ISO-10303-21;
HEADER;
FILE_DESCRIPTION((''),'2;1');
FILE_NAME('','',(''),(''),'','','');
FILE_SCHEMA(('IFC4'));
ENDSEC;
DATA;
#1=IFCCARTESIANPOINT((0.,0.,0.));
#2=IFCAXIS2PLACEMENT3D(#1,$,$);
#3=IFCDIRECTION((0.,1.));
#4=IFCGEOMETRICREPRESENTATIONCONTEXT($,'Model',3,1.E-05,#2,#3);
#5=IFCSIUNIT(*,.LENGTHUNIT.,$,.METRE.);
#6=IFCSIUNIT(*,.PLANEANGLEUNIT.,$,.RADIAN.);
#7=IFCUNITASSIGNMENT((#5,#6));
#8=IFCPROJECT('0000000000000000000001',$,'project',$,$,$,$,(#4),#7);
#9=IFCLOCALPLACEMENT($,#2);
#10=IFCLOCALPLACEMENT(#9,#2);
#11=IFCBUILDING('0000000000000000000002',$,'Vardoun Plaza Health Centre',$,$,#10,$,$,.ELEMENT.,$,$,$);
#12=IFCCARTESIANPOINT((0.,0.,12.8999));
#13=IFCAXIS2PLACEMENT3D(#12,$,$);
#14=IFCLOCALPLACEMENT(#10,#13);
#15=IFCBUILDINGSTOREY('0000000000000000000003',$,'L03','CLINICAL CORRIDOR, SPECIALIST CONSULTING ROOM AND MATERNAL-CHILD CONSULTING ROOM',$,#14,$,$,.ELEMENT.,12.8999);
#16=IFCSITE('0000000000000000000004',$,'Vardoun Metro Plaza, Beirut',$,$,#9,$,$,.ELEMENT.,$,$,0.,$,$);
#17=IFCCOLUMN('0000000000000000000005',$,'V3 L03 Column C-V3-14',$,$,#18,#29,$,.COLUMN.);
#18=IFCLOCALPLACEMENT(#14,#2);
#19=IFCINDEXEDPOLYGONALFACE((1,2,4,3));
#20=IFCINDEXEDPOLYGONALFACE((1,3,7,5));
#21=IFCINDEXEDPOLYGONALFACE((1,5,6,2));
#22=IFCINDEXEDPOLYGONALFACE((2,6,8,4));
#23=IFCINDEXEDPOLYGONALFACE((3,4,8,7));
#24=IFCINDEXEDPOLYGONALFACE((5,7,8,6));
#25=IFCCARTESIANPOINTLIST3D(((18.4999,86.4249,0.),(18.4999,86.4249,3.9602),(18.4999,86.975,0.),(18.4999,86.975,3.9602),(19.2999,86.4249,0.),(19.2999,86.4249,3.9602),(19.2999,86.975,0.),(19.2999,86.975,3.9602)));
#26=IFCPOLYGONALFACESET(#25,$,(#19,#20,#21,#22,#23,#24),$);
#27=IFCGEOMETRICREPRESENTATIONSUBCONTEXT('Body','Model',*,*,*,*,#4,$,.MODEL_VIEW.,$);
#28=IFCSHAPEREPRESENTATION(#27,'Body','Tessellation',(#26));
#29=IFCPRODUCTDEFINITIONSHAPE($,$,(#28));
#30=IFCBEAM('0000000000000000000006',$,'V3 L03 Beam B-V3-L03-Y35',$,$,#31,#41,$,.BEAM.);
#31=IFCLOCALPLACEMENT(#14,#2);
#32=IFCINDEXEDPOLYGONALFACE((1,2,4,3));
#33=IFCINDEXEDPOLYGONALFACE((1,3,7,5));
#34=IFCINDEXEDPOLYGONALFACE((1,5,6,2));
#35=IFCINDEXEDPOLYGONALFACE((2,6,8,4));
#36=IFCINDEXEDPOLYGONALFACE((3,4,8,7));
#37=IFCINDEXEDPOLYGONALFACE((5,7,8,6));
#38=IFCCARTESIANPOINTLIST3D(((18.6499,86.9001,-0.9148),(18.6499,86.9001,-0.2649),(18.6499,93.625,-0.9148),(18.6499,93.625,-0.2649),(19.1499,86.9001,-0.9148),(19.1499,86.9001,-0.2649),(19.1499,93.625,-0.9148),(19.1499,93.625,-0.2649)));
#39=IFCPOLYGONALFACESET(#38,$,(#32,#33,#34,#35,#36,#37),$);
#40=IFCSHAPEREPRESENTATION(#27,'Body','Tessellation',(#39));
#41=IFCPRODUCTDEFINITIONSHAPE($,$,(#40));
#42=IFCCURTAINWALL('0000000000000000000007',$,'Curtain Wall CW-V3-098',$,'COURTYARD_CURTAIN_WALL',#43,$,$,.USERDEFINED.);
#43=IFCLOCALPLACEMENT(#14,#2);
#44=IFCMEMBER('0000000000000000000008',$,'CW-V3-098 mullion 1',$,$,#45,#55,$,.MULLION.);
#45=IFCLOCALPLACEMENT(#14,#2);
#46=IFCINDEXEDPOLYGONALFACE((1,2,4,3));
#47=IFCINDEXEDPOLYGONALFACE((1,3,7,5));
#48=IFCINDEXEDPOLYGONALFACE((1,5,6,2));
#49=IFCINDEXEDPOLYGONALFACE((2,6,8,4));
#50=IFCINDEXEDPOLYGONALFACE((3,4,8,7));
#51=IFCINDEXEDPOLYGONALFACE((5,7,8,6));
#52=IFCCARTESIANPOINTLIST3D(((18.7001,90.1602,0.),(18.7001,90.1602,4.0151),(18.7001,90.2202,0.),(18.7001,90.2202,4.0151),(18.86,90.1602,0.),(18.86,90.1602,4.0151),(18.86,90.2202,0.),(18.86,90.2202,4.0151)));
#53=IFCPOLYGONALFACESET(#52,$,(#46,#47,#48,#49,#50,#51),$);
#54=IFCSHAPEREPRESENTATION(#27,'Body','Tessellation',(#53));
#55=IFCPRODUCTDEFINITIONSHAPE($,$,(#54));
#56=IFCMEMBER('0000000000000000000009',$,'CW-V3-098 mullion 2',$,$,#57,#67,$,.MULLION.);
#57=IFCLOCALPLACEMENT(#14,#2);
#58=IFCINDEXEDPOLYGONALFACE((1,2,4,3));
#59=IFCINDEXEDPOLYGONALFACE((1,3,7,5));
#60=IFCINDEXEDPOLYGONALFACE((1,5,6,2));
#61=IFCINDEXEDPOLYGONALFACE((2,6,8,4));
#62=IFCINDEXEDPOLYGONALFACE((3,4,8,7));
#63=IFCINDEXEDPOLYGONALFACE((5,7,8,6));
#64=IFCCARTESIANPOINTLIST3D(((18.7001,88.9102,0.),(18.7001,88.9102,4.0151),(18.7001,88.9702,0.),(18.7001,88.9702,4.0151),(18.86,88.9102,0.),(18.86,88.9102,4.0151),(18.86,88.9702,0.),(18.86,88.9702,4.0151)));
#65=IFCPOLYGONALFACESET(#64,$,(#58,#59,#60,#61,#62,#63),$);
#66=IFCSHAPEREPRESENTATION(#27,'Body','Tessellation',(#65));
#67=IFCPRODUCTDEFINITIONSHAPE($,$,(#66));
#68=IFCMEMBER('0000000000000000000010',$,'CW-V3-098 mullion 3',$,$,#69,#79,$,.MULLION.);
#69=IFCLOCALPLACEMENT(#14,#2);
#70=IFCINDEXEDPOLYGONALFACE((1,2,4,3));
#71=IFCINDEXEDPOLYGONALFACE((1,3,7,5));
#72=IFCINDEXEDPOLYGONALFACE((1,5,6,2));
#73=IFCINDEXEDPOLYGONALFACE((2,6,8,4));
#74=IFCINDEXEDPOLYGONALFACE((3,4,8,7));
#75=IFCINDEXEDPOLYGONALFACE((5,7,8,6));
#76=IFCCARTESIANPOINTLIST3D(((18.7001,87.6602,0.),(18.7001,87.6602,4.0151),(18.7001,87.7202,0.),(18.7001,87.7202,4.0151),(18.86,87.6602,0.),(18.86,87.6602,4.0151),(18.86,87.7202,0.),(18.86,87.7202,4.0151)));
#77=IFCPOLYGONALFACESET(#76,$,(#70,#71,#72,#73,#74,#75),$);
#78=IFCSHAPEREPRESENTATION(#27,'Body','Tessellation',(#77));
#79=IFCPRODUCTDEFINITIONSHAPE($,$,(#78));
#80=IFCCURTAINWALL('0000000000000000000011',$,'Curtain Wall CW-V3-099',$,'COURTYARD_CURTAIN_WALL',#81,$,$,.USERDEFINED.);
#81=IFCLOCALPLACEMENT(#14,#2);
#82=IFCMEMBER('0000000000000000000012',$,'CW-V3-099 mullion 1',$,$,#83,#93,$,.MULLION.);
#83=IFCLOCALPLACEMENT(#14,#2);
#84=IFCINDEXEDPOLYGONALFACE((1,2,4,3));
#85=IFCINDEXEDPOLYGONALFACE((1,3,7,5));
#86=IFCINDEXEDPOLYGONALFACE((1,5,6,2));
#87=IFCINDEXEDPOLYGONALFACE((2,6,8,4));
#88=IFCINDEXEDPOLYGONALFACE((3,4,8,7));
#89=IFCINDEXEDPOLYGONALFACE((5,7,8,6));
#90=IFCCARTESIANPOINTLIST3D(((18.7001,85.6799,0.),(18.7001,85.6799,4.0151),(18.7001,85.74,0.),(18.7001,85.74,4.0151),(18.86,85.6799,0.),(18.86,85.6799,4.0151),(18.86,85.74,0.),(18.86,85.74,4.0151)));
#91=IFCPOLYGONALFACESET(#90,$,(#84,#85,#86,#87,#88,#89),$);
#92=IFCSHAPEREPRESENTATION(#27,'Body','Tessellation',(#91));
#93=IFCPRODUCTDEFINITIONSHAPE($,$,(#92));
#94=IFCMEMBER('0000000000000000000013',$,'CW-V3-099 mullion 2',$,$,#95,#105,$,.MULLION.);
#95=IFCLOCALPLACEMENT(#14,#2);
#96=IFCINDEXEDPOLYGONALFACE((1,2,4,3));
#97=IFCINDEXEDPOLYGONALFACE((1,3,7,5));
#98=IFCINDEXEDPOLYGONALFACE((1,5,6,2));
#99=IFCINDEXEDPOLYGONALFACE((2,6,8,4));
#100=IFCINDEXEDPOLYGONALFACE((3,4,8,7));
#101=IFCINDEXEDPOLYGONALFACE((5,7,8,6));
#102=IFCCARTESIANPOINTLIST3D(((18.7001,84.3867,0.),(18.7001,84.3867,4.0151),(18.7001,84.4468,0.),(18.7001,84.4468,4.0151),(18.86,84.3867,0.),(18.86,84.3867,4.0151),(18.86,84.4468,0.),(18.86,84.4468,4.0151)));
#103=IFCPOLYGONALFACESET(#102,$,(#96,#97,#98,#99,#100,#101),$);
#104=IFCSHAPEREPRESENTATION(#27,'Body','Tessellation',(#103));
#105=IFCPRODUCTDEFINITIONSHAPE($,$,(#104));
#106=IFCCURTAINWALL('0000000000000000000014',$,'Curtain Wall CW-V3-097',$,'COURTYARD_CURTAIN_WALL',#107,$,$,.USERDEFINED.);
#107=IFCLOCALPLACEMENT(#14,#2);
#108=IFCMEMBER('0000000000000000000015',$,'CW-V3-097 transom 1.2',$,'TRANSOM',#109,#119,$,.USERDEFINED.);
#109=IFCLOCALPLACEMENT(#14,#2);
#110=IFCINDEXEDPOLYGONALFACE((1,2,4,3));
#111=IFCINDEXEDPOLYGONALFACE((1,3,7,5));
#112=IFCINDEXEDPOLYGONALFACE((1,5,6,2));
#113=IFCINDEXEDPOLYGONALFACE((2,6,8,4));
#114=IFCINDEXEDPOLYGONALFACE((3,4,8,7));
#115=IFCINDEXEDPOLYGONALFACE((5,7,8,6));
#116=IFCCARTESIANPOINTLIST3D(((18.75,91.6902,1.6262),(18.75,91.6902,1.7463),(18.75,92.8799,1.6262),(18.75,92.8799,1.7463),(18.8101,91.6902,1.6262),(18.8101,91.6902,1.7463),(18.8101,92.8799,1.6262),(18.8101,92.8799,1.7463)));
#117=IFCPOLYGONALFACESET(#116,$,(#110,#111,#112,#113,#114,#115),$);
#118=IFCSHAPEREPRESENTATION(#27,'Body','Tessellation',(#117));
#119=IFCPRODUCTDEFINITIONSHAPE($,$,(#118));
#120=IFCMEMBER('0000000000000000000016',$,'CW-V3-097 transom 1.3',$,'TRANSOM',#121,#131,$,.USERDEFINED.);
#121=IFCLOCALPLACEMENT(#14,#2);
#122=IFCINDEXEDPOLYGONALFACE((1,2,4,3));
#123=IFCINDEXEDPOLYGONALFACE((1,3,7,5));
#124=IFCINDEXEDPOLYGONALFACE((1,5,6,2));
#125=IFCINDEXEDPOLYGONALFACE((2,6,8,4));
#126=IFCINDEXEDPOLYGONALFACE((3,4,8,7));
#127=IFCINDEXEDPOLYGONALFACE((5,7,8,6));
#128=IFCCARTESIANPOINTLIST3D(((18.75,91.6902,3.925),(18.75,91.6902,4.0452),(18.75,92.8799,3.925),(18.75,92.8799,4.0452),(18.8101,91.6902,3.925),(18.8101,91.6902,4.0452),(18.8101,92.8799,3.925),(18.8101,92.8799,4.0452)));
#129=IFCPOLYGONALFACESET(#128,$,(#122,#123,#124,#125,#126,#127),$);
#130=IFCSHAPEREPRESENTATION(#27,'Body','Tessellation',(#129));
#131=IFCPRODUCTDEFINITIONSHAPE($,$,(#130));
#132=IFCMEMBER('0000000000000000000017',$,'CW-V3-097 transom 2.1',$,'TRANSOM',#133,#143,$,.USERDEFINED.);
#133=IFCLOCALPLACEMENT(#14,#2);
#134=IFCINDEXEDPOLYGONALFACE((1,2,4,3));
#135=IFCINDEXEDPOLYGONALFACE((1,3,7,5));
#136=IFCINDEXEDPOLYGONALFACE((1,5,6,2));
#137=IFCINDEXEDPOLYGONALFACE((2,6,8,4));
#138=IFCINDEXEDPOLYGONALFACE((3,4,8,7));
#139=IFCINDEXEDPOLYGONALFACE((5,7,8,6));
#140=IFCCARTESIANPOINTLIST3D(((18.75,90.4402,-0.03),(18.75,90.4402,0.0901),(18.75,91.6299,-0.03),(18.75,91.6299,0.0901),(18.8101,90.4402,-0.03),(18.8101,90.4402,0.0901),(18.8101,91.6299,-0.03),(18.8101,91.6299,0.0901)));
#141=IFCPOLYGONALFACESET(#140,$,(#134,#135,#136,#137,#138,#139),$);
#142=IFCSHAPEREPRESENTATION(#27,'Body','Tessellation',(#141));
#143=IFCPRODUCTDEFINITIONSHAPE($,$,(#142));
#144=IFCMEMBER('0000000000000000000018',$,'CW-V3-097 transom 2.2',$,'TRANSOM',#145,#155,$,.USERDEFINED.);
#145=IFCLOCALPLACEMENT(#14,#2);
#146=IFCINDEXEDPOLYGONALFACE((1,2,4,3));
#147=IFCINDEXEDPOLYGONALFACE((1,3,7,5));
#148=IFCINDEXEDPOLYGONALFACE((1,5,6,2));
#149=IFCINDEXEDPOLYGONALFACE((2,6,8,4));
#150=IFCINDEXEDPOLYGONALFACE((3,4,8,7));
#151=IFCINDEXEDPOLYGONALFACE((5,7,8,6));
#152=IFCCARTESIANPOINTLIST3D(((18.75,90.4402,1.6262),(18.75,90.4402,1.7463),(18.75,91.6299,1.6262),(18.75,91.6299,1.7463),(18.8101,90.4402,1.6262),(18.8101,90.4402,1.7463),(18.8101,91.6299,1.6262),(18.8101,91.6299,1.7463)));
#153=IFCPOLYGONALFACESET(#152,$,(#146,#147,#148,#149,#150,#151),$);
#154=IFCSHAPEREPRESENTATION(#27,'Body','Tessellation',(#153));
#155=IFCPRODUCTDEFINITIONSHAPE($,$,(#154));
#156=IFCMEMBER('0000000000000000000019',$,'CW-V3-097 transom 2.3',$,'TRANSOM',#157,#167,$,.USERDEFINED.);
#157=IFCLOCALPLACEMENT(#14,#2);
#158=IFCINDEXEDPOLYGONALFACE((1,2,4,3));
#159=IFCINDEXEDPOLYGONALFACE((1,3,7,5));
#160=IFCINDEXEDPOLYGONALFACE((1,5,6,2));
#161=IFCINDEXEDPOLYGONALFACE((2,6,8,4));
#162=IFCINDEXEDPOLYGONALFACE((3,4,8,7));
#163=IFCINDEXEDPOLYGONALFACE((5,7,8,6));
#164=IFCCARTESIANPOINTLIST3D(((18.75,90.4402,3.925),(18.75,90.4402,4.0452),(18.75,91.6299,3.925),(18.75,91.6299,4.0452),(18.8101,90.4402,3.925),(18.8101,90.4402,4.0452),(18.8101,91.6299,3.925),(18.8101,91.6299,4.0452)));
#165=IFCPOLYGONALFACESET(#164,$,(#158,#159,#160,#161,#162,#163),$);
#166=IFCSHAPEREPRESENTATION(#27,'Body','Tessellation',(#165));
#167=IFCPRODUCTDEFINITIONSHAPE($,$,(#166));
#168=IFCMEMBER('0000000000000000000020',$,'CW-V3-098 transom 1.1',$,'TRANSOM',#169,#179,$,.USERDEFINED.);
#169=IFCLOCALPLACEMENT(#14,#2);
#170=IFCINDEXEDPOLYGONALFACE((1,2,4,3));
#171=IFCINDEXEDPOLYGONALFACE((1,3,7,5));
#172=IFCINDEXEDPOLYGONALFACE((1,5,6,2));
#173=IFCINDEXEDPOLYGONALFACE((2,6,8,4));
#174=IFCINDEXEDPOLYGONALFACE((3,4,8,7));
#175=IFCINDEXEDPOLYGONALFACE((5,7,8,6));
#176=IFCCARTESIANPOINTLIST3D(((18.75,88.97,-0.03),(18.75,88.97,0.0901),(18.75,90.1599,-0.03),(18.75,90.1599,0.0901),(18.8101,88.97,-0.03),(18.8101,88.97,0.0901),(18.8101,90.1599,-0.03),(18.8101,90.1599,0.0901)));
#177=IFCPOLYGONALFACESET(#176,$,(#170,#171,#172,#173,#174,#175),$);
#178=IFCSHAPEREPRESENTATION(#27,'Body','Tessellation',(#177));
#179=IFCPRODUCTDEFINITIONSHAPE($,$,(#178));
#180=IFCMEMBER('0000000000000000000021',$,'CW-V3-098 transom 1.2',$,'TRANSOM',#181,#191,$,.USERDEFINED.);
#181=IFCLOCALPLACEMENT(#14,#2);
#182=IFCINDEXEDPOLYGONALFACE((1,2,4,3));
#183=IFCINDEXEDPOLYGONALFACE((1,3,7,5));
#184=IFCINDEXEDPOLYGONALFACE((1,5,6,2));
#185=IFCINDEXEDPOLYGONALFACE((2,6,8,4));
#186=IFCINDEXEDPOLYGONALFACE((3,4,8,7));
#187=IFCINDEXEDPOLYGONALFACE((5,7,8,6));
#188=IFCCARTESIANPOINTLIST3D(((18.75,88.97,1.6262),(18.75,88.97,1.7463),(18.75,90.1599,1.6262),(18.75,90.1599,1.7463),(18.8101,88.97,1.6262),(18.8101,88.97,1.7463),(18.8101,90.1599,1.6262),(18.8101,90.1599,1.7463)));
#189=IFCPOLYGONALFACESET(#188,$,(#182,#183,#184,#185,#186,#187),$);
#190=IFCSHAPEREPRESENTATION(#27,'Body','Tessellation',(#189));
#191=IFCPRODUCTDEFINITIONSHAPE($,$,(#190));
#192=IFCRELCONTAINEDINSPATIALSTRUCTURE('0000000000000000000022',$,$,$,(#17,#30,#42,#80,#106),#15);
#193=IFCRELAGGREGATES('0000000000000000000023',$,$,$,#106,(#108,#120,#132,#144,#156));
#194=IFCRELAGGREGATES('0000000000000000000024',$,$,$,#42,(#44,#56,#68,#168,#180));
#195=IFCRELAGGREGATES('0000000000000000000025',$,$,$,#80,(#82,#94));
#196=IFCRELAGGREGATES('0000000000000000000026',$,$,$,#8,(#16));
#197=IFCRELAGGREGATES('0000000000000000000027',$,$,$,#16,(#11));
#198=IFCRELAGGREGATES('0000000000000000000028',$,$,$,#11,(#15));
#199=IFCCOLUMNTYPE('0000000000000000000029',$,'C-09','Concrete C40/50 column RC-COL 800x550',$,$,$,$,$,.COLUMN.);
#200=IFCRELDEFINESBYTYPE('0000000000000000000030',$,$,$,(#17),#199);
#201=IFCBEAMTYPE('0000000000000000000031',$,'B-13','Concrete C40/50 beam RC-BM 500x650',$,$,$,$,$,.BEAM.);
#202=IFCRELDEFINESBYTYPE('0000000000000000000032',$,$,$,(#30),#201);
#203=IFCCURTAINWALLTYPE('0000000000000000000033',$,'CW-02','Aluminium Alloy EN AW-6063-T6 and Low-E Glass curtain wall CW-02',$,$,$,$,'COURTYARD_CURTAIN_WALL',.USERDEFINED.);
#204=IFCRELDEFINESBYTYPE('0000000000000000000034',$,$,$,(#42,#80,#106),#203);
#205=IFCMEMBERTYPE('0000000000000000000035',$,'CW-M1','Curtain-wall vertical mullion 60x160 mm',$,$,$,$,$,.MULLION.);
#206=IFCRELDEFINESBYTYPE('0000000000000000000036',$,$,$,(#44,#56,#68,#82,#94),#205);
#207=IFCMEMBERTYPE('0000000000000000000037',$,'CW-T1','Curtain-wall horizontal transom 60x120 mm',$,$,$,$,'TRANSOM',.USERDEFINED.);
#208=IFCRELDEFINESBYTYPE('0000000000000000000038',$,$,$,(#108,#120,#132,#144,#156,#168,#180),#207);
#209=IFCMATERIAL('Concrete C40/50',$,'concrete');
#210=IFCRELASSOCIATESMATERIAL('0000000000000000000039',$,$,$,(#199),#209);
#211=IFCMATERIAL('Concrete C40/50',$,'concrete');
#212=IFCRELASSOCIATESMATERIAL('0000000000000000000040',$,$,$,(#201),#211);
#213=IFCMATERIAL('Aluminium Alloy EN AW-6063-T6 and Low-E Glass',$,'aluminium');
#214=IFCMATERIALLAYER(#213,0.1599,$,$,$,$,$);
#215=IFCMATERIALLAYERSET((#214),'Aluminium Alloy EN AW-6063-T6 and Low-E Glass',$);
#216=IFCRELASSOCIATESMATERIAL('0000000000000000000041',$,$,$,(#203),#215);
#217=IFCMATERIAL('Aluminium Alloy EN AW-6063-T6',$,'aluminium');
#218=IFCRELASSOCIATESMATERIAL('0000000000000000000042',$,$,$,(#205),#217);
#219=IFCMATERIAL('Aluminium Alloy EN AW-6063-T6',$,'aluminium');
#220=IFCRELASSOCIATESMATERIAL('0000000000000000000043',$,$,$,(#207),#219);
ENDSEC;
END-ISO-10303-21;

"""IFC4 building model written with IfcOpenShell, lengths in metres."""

from ifc_helpers import new_model, si_unit, direction, frame, origin, origin_2d, place, context, subcontext, project, spatial, rectangle, extrude, material, layer, layer_set, material_profile, profile_set, type_object, element, aggregate, save


model = new_model("IFC4")

# Units and contexts
model_context = context("Model", 3, precision=1e-05, world=origin(), true_north=direction((0.0, 1.0)))
body_context = subcontext(model_context, "Body", "Model", "MODEL_VIEW")
ifc_project = project(units=[si_unit("LENGTHUNIT", "METRE"), si_unit("PLANEANGLEUNIT", "RADIAN")], contexts=[model_context])

# Site, building, storey
site_placement = place(None, origin())
site = spatial("IfcSite", under=ifc_project, at=site_placement, Name="Vardoun Metro Plaza, Beirut", CompositionType="ELEMENT", RefElevation=0.0)
building_placement = place(site_placement, origin())
building = spatial("IfcBuilding", under=site, at=building_placement, Name="Vardoun Plaza Health Centre", CompositionType="ELEMENT")
storey_placement = place(building_placement, frame((0.0, 0.0, 12.8999)))
storey = spatial("IfcBuildingStorey", under=building, at=storey_placement, Name="L03", Description="CLINICAL CORRIDOR, SPECIALIST CONSULTING ROOM AND MATERNAL-CHILD CONSULTING ROOM", CompositionType="ELEMENT", Elevation=12.8999)

# Column
ifc_material_1 = material(Name="Concrete C40/50", Category="concrete")
ifc_material_profile_1 = material_profile(ifc_material_1, rectangle(XDim=0.8, YDim=0.55, at=origin_2d()), Name="RC-COL 800x550")
ifc_profile_set_1 = profile_set([ifc_material_profile_1], Name="Concrete C40/50")
column_type = type_object("IfcColumnType", Name="C-09", Description="Concrete C40/50 column RC-COL 800x550", PredefinedType="COLUMN", material=ifc_profile_set_1)
column_placement = place(storey_placement, frame((18.8999, 86.7, 0.0), z_axis=(0.0, 0.0, 1.0), x_axis=(1.0, 0.0, 0.0)))
element("IfcColumn", 1, at=column_placement, inside=storey, type_object=column_type, Name="V3 L03 Column C-V3-14", PredefinedType="COLUMN", context=body_context, shape_type="SweptSolid", body=[
    extrude(rectangle(XDim=0.8, YDim=0.55, at=origin_2d()), origin(), (0.0, 0.0, 1.0), 3.9602),
])

# Beam
ifc_material_2 = material(Name="Concrete C40/50", Category="concrete")
ifc_material_profile_2 = material_profile(ifc_material_2, rectangle(XDim=0.5, YDim=0.6499, at=origin_2d()), Name="RC-BM 500x650")
ifc_profile_set_2 = profile_set([ifc_material_profile_2], Name="Concrete C40/50")
beam_type = type_object("IfcBeamType", Name="B-13", Description="Concrete C40/50 beam RC-BM 500x650", PredefinedType="BEAM", material=ifc_profile_set_2)
beam_placement = place(storey_placement, frame((18.8999, 86.9001, -0.5898), z_axis=(0.0, 1.0, 0.0), x_axis=(-1.0, 0.0, 0.0)))
element("IfcBeam", 2, at=beam_placement, inside=storey, type_object=beam_type, Name="V3 L03 Beam B-V3-L03-Y35", PredefinedType="BEAM", context=body_context, shape_type="SweptSolid", body=[
    extrude(rectangle(XDim=0.5, YDim=0.6499, at=origin_2d()), origin(), (0.0, 0.0, 1.0), 6.7249),
])

# Curtain walls, members
ifc_material_3 = material(Name="Aluminium Alloy EN AW-6063-T6 and Low-E Glass", Category="aluminium")
ifc_layer_1 = layer(ifc_material_3, 0.1599)
ifc_layer_set_1 = layer_set([ifc_layer_1], Name="Aluminium Alloy EN AW-6063-T6 and Low-E Glass")
curtain_wall_type = type_object("IfcCurtainWallType", Name="CW-02", Description="Aluminium Alloy EN AW-6063-T6 and Low-E Glass curtain wall CW-02", ElementType="COURTYARD_CURTAIN_WALL", PredefinedType="USERDEFINED", material=ifc_layer_set_1)
curtain_wall_1_placement = place(storey_placement, origin())
curtain_wall_1 = element("IfcCurtainWall", 3, at=curtain_wall_1_placement, inside=storey, type_object=curtain_wall_type, Name="Curtain Wall CW-V3-098", ObjectType="COURTYARD_CURTAIN_WALL", PredefinedType="USERDEFINED")
ifc_material_4 = material(Name="Aluminium Alloy EN AW-6063-T6", Category="aluminium")
ifc_material_profile_3 = material_profile(ifc_material_4, rectangle(XDim=0.1599, YDim=0.0601, at=origin_2d()), Name="CWM 60x160")
ifc_profile_set_3 = profile_set([ifc_material_profile_3], Name="Aluminium Alloy EN AW-6063-T6")
member_type_1 = type_object("IfcMemberType", Name="CW-M1", Description="Curtain-wall vertical mullion 60x160 mm", PredefinedType="MULLION", material=ifc_profile_set_3)
member_1_placement = place(storey_placement, frame((18.78, 90.1902, 0.0), z_axis=(0.0, 0.0, 1.0), x_axis=(1.0, 0.0, 0.0)))
member_1 = element("IfcMember", 4, at=member_1_placement, type_object=member_type_1, Name="CW-V3-098 mullion 1", PredefinedType="MULLION", context=body_context, shape_type="SweptSolid", body=[
    extrude(rectangle(XDim=0.1599, YDim=0.0601, at=origin_2d()), origin(), (0.0, 0.0, 1.0), 4.0151),
])
member_2_placement = place(storey_placement, frame((18.78, 88.9402, 0.0), z_axis=(0.0, 0.0, 1.0), x_axis=(1.0, 0.0, 0.0)))
member_2 = element("IfcMember", 5, at=member_2_placement, type_object=member_type_1, Name="CW-V3-098 mullion 2", PredefinedType="MULLION", context=body_context, shape_type="SweptSolid", body=[
    extrude(rectangle(XDim=0.1599, YDim=0.0601, at=origin_2d()), origin(), (0.0, 0.0, 1.0), 4.0151),
])
member_3_placement = place(storey_placement, frame((18.78, 87.6902, 0.0), z_axis=(0.0, 0.0, 1.0), x_axis=(1.0, 0.0, 0.0)))
member_3 = element("IfcMember", 6, at=member_3_placement, type_object=member_type_1, Name="CW-V3-098 mullion 3", PredefinedType="MULLION", context=body_context, shape_type="SweptSolid", body=[
    extrude(rectangle(XDim=0.1599, YDim=0.0601, at=origin_2d()), origin(), (0.0, 0.0, 1.0), 4.0151),
])
curtain_wall_2_placement = place(storey_placement, origin())
curtain_wall_2 = element("IfcCurtainWall", 7, at=curtain_wall_2_placement, inside=storey, type_object=curtain_wall_type, Name="Curtain Wall CW-V3-099", ObjectType="COURTYARD_CURTAIN_WALL", PredefinedType="USERDEFINED")
member_4_placement = place(storey_placement, frame((18.78, 85.71, 0.0), z_axis=(0.0, 0.0, 1.0), x_axis=(1.0, 0.0, 0.0)))
member_4 = element("IfcMember", 8, at=member_4_placement, type_object=member_type_1, Name="CW-V3-099 mullion 1", PredefinedType="MULLION", context=body_context, shape_type="SweptSolid", body=[
    extrude(rectangle(XDim=0.1599, YDim=0.0601, at=origin_2d()), origin(), (0.0, 0.0, 1.0), 4.0151),
])
member_5_placement = place(storey_placement, frame((18.78, 84.4167, 0.0), z_axis=(0.0, 0.0, 1.0), x_axis=(1.0, 0.0, 0.0)))
member_5 = element("IfcMember", 9, at=member_5_placement, type_object=member_type_1, Name="CW-V3-099 mullion 2", PredefinedType="MULLION", context=body_context, shape_type="SweptSolid", body=[
    extrude(rectangle(XDim=0.1599, YDim=0.0601, at=origin_2d()), origin(), (0.0, 0.0, 1.0), 4.0151),
])
curtain_wall_3_placement = place(storey_placement, origin())
curtain_wall_3 = element("IfcCurtainWall", 10, at=curtain_wall_3_placement, inside=storey, type_object=curtain_wall_type, Name="Curtain Wall CW-V3-097", ObjectType="COURTYARD_CURTAIN_WALL", PredefinedType="USERDEFINED")
ifc_material_5 = material(Name="Aluminium Alloy EN AW-6063-T6", Category="aluminium")
ifc_material_profile_4 = material_profile(ifc_material_5, rectangle(XDim=0.0601, YDim=0.1201, at=origin_2d()), Name="CWT 60x120")
ifc_profile_set_4 = profile_set([ifc_material_profile_4], Name="Aluminium Alloy EN AW-6063-T6")
member_type_2 = type_object("IfcMemberType", Name="CW-T1", Description="Curtain-wall horizontal transom 60x120 mm", ElementType="TRANSOM", PredefinedType="USERDEFINED", material=ifc_profile_set_4)
member_6_placement = place(storey_placement, frame((18.78, 92.8799, 1.6863), z_axis=(0.0, -1.0, 0.0), x_axis=(1.0, 0.0, 0.0)))
member_6 = element("IfcMember", 11, at=member_6_placement, type_object=member_type_2, Name="CW-V3-097 transom 1.2", ObjectType="TRANSOM", PredefinedType="USERDEFINED", context=body_context, shape_type="SweptSolid", body=[
    extrude(rectangle(XDim=0.0601, YDim=0.1201, at=origin_2d()), origin(), (0.0, 0.0, 1.0), 1.1897),
])
member_7_placement = place(storey_placement, frame((18.78, 92.8799, 3.9851), z_axis=(0.0, -1.0, 0.0), x_axis=(1.0, 0.0, 0.0)))
member_7 = element("IfcMember", 12, at=member_7_placement, type_object=member_type_2, Name="CW-V3-097 transom 1.3", ObjectType="TRANSOM", PredefinedType="USERDEFINED", context=body_context, shape_type="SweptSolid", body=[
    extrude(rectangle(XDim=0.0601, YDim=0.1201, at=origin_2d()), origin(), (0.0, 0.0, 1.0), 1.1897),
])
member_8_placement = place(storey_placement, frame((18.78, 91.6299, 0.03), z_axis=(0.0, -1.0, 0.0), x_axis=(1.0, 0.0, 0.0)))
member_8 = element("IfcMember", 13, at=member_8_placement, type_object=member_type_2, Name="CW-V3-097 transom 2.1", ObjectType="TRANSOM", PredefinedType="USERDEFINED", context=body_context, shape_type="SweptSolid", body=[
    extrude(rectangle(XDim=0.0601, YDim=0.1201, at=origin_2d()), origin(), (0.0, 0.0, 1.0), 1.1897),
])
member_9_placement = place(storey_placement, frame((18.78, 91.6299, 1.6863), z_axis=(0.0, -1.0, 0.0), x_axis=(1.0, 0.0, 0.0)))
member_9 = element("IfcMember", 14, at=member_9_placement, type_object=member_type_2, Name="CW-V3-097 transom 2.2", ObjectType="TRANSOM", PredefinedType="USERDEFINED", context=body_context, shape_type="SweptSolid", body=[
    extrude(rectangle(XDim=0.0601, YDim=0.1201, at=origin_2d()), origin(), (0.0, 0.0, 1.0), 1.1897),
])
member_10_placement = place(storey_placement, frame((18.78, 91.6299, 3.9851), z_axis=(0.0, -1.0, 0.0), x_axis=(1.0, 0.0, 0.0)))
member_10 = element("IfcMember", 15, at=member_10_placement, type_object=member_type_2, Name="CW-V3-097 transom 2.3", ObjectType="TRANSOM", PredefinedType="USERDEFINED", context=body_context, shape_type="SweptSolid", body=[
    extrude(rectangle(XDim=0.0601, YDim=0.1201, at=origin_2d()), origin(), (0.0, 0.0, 1.0), 1.1897),
])

# Members
member_11_placement = place(storey_placement, frame((18.78, 90.1599, 0.03), z_axis=(0.0, -1.0, 0.0), x_axis=(1.0, 0.0, 0.0)))
member_11 = element("IfcMember", 16, at=member_11_placement, type_object=member_type_2, Name="CW-V3-098 transom 1.1", ObjectType="TRANSOM", PredefinedType="USERDEFINED", context=body_context, shape_type="SweptSolid", body=[
    extrude(rectangle(XDim=0.0601, YDim=0.1201, at=origin_2d()), origin(), (0.0, 0.0, 1.0), 1.1899),
])
member_12_placement = place(storey_placement, frame((18.78, 90.1599, 1.6863), z_axis=(0.0, -1.0, 0.0), x_axis=(1.0, 0.0, 0.0)))
member_12 = element("IfcMember", 17, at=member_12_placement, type_object=member_type_2, Name="CW-V3-098 transom 1.2", ObjectType="TRANSOM", PredefinedType="USERDEFINED", context=body_context, shape_type="SweptSolid", body=[
    extrude(rectangle(XDim=0.0601, YDim=0.1201, at=origin_2d()), origin(), (0.0, 0.0, 1.0), 1.1899),
])

aggregate(curtain_wall_3, [member_6, member_7, member_8, member_9, member_10])
aggregate(curtain_wall_1, [member_1, member_2, member_3, member_11, member_12])
aggregate(curtain_wall_2, [member_4, member_5])

save(model, "model.ifc")
